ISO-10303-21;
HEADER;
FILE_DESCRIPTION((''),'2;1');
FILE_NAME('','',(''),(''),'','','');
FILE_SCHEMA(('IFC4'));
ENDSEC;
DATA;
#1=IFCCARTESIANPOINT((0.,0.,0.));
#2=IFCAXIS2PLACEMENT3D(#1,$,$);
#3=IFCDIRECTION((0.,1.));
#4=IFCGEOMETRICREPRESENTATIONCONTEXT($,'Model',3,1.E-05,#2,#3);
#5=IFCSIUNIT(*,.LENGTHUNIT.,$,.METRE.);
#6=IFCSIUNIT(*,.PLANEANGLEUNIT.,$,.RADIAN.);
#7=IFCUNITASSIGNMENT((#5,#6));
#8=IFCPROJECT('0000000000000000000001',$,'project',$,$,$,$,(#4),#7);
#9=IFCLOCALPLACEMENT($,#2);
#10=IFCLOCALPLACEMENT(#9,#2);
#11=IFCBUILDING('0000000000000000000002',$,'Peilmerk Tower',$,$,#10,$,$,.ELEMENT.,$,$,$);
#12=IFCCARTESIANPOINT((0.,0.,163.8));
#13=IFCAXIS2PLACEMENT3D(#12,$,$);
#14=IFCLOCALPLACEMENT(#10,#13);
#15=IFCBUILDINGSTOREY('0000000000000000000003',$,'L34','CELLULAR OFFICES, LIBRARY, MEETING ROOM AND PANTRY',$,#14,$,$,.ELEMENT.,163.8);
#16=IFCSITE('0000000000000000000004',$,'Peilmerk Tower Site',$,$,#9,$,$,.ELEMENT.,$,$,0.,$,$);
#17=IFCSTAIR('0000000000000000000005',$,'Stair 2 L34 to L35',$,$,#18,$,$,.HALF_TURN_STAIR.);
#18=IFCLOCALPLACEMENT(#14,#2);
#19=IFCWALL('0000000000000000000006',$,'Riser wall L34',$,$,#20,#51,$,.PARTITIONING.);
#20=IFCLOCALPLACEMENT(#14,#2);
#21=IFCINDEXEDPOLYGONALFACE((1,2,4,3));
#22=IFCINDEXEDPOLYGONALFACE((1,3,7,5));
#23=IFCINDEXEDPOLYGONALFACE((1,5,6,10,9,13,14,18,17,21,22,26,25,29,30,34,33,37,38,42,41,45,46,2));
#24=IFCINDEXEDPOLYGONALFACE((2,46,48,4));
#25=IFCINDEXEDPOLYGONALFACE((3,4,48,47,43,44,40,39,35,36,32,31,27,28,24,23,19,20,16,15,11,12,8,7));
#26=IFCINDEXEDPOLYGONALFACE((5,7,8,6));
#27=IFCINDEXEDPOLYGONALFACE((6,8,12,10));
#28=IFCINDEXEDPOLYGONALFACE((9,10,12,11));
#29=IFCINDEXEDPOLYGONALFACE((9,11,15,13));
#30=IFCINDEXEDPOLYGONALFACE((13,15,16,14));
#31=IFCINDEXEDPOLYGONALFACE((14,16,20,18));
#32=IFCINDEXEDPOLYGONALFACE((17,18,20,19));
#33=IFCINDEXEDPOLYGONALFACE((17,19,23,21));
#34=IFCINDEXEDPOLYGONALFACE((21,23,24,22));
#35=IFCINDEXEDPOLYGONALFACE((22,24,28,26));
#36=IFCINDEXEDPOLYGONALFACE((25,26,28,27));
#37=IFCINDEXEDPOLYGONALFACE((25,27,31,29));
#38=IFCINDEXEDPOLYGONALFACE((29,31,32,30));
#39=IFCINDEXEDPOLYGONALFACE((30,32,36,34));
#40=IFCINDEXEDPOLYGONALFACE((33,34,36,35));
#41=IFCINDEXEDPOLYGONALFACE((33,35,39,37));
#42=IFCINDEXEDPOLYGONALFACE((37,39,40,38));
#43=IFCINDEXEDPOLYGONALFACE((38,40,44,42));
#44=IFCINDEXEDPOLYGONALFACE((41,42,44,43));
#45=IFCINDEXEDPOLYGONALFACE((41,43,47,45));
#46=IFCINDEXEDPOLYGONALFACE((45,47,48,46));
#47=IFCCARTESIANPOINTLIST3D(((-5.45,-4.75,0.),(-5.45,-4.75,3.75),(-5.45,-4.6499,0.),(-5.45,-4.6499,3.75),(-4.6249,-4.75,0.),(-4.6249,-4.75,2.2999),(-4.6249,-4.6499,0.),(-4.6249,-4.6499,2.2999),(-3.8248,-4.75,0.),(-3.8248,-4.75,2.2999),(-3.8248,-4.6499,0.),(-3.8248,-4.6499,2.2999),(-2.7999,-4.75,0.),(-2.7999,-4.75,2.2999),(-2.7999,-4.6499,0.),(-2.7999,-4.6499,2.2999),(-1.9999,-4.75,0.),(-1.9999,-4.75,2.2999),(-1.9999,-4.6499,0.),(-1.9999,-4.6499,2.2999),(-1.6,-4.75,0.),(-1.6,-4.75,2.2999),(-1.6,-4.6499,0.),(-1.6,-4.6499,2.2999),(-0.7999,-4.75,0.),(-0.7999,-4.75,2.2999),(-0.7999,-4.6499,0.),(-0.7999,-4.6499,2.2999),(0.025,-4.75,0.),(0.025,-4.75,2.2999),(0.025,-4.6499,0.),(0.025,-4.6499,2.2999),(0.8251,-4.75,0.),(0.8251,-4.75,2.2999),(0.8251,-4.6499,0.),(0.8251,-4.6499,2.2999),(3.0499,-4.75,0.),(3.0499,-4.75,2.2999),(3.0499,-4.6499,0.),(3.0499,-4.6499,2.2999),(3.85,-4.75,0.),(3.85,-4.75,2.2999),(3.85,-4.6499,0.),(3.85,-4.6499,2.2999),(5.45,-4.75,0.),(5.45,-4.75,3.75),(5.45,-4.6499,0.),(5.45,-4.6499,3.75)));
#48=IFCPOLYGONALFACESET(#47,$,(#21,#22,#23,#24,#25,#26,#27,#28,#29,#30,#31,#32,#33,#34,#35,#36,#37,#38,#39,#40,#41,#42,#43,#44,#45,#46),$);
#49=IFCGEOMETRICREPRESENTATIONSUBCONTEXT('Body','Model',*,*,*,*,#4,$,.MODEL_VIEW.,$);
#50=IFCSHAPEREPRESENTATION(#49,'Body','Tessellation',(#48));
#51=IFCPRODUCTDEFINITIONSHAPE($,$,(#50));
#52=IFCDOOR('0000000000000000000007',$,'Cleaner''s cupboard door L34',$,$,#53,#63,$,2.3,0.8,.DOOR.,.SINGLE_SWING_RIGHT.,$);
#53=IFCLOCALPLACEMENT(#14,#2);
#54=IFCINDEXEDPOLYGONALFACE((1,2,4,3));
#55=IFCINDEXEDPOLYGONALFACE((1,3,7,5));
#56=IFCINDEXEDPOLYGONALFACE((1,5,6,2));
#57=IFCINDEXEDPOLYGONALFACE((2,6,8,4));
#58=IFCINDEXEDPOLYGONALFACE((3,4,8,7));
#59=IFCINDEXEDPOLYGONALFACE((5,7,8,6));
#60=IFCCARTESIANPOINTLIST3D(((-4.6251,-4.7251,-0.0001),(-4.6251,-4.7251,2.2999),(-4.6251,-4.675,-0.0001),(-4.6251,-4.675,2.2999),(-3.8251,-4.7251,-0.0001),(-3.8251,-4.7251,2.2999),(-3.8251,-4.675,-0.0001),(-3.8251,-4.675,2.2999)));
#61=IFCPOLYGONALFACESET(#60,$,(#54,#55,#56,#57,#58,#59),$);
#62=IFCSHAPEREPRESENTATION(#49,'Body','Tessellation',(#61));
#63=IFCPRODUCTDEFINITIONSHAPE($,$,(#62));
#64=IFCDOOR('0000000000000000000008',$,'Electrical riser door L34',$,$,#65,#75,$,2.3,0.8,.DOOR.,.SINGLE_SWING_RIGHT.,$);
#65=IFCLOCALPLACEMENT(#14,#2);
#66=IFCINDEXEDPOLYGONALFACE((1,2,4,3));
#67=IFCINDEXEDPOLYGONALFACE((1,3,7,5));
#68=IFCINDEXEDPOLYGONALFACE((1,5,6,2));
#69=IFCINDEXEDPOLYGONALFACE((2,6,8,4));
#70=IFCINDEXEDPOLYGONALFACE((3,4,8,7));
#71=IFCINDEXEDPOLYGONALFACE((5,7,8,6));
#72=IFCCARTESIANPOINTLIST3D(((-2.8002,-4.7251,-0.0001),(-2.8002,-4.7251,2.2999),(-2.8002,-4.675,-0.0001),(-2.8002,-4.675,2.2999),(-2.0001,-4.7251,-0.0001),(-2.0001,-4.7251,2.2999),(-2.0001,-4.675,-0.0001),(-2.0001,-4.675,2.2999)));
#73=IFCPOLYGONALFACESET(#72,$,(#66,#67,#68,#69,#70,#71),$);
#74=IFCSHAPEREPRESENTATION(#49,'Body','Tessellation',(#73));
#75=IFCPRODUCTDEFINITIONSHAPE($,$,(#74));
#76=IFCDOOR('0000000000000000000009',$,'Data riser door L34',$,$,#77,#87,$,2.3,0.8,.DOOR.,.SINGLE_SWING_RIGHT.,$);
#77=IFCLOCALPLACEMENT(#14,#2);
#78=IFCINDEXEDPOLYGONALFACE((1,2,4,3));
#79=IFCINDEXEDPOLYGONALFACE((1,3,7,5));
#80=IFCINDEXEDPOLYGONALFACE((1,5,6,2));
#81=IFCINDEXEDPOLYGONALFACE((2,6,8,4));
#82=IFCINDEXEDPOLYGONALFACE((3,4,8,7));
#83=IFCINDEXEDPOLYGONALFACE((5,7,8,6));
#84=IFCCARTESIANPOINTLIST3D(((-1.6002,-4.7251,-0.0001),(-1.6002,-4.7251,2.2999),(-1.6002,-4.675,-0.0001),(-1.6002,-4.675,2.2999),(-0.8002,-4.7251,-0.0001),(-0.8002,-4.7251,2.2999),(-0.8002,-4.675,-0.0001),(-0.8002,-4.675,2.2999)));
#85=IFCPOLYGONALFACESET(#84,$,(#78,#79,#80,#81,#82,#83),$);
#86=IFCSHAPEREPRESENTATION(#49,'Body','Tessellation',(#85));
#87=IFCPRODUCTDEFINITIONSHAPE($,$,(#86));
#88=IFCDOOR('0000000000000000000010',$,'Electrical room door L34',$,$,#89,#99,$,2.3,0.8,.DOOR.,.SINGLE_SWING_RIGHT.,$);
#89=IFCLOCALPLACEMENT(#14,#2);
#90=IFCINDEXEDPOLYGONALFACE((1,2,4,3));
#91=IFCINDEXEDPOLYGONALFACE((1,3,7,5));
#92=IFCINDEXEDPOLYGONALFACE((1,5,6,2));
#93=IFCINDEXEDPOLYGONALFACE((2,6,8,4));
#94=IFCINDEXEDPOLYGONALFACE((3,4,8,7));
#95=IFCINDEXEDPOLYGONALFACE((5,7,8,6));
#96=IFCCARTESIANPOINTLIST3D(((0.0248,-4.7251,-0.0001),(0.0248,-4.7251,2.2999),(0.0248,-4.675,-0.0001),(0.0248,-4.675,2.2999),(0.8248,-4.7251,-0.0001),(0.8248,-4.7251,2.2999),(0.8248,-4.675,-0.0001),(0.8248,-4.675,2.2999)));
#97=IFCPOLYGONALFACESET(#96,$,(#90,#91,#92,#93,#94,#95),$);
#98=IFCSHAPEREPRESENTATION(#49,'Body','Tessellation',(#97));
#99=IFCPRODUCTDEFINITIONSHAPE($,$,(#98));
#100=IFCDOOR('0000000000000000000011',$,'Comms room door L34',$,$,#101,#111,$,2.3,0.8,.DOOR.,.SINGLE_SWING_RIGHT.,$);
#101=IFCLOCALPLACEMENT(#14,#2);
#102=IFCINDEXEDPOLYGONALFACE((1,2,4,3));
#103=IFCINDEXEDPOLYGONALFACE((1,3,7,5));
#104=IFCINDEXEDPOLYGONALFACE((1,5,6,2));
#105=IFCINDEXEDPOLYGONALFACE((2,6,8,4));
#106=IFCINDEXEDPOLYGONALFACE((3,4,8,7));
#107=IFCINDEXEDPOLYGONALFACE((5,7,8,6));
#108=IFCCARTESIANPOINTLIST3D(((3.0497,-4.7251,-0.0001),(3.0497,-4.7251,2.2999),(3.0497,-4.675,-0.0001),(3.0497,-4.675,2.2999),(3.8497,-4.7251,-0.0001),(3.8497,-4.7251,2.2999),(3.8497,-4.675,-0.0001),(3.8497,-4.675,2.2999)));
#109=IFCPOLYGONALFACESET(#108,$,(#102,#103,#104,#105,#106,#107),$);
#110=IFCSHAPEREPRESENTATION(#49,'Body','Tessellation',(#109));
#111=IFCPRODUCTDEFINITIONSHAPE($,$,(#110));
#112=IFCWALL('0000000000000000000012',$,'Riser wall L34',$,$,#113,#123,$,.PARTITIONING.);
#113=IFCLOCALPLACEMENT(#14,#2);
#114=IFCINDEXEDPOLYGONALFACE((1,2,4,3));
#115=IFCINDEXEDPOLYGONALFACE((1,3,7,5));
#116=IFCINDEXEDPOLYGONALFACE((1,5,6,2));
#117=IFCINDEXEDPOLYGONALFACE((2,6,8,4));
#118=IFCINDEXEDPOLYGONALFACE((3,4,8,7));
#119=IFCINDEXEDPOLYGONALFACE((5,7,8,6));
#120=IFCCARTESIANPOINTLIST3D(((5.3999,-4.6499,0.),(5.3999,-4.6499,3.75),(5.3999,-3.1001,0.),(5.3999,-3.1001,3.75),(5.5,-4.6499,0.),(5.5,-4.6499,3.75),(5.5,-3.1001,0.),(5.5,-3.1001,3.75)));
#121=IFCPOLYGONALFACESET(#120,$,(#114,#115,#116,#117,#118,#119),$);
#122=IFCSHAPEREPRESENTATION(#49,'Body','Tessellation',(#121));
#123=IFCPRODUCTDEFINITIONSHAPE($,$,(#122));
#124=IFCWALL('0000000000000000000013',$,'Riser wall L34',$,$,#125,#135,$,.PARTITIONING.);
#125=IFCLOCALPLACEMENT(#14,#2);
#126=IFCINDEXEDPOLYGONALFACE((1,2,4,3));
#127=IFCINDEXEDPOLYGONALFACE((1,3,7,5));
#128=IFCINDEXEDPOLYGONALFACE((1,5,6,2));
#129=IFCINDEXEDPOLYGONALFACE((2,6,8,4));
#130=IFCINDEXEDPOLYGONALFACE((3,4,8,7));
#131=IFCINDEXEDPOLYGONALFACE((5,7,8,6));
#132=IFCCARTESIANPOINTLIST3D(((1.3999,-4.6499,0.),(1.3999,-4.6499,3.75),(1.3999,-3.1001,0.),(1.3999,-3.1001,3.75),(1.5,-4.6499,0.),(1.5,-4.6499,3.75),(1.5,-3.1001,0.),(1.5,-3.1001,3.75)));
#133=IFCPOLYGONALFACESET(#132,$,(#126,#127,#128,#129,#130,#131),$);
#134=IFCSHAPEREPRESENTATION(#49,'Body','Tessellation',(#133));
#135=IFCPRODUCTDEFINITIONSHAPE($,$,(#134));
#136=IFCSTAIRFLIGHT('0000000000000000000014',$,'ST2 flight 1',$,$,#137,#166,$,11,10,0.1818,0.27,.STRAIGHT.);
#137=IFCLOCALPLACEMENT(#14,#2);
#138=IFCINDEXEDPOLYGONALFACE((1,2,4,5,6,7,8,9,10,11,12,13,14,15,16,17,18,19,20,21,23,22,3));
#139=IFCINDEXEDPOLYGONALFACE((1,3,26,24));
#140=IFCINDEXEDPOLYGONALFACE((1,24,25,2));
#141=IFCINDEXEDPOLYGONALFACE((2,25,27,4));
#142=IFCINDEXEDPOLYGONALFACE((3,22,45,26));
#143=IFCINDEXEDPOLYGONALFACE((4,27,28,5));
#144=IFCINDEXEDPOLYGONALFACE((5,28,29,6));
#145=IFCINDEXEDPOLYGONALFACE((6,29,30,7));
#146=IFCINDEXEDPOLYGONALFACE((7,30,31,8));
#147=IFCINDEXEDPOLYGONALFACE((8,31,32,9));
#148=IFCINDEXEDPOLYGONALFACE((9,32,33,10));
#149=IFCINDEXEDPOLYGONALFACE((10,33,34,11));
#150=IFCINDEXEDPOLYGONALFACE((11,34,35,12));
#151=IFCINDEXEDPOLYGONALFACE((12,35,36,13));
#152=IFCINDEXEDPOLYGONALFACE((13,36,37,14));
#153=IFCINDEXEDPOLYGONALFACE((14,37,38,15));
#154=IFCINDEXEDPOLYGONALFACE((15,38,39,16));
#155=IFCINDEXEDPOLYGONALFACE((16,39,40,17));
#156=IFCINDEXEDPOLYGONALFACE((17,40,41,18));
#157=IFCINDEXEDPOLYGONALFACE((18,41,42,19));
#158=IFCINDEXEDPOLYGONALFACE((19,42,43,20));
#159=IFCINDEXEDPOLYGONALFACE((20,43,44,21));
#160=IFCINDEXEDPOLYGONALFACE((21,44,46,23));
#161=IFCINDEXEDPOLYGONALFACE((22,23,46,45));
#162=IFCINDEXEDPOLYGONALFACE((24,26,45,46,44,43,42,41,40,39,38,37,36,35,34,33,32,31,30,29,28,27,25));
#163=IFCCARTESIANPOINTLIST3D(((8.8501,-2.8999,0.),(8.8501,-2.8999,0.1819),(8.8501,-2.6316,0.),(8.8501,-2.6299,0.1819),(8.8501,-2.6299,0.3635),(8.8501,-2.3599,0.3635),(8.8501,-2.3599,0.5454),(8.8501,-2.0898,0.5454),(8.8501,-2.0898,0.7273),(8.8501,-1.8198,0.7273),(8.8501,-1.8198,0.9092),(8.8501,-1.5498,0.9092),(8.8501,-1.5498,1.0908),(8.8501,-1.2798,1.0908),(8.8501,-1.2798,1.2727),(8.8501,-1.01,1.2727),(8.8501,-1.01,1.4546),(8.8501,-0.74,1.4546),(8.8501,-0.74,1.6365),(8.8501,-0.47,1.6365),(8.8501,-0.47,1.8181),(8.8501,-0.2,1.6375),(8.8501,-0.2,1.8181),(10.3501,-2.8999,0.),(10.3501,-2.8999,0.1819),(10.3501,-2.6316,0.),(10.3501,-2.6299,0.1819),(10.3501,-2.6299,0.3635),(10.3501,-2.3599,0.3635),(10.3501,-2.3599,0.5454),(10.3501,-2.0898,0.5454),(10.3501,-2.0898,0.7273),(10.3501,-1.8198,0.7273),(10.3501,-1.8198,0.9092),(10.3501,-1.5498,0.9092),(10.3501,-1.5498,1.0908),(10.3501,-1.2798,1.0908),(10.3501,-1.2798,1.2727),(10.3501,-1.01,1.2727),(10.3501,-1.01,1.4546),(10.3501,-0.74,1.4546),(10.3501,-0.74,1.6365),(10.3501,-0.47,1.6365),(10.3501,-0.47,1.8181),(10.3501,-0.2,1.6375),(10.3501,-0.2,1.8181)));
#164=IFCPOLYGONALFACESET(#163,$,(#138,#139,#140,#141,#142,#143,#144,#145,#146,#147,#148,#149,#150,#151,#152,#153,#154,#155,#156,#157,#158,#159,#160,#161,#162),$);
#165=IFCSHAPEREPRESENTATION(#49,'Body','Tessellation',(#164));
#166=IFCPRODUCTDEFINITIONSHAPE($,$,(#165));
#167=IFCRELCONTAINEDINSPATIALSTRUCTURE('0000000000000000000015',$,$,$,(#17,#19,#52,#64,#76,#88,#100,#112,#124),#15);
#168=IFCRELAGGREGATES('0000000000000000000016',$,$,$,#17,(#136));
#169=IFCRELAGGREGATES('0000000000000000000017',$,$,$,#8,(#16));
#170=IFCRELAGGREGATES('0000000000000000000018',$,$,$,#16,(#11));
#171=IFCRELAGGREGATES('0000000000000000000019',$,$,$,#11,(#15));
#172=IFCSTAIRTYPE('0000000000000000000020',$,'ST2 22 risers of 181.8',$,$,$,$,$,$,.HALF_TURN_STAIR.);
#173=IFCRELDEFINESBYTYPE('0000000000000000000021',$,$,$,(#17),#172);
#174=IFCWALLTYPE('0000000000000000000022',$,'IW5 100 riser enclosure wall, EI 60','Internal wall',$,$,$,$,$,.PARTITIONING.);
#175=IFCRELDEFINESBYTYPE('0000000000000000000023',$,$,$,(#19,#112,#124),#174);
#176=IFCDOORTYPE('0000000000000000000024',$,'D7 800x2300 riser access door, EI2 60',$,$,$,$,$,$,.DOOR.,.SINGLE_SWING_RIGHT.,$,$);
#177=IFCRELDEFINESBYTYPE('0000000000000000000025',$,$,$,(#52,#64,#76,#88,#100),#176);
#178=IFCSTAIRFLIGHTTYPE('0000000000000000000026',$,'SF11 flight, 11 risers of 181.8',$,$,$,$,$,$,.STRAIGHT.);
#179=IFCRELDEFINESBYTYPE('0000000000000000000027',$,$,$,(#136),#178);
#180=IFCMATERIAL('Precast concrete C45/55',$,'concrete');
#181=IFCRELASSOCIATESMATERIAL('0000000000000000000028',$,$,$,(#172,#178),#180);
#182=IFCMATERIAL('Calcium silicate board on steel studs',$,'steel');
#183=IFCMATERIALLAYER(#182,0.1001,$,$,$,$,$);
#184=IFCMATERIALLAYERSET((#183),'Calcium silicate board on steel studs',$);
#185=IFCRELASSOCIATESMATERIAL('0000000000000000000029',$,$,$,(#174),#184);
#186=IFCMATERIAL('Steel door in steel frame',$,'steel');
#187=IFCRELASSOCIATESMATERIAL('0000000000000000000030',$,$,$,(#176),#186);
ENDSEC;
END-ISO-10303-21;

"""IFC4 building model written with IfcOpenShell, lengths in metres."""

from ifc_helpers import new_model, si_unit, direction, frame, frame_2d, origin, place, context, subcontext, project, spatial, polyline, rectangle, outline, extrude, material, layer, layer_set, type_object, element, fill, aggregate, save


model = new_model("IFC4")

# Units and contexts
model_context = context("Model", 3, precision=1e-05, world=origin(), true_north=direction((0.0, 1.0)))
body_context = subcontext(model_context, "Body", "Model", "MODEL_VIEW")
ifc_project = project(units=[si_unit("LENGTHUNIT", "METRE"), si_unit("PLANEANGLEUNIT", "RADIAN")], contexts=[model_context])

# Site, building, storey
site_placement = place(None, origin())
site = spatial("IfcSite", under=ifc_project, at=site_placement, Name="Peilmerk Tower Site", CompositionType="ELEMENT", RefElevation=0.0)
building_placement = place(site_placement, origin())
building = spatial("IfcBuilding", under=site, at=building_placement, Name="Peilmerk Tower", CompositionType="ELEMENT")
storey_placement = place(building_placement, frame((0.0, 0.0, 163.8)))
storey = spatial("IfcBuildingStorey", under=building, at=storey_placement, Name="L34", Description="CELLULAR OFFICES, LIBRARY, MEETING ROOM AND PANTRY", CompositionType="ELEMENT", Elevation=163.8)

# Stair
ifc_material_1 = material(Name="Precast concrete C45/55", Category="concrete")
stair_type_1 = type_object("IfcStairType", Name="ST2 22 risers of 181.8", PredefinedType="HALF_TURN_STAIR", material=ifc_material_1)
stair_1_placement = place(storey_placement, origin())
stair_1 = element("IfcStair", 1, at=stair_1_placement, inside=storey, type_object=stair_type_1, Name="Stair 2 L34 to L35", PredefinedType="HALF_TURN_STAIR")

# Shared definitions
ifc_material_2 = material(Name="Steel door in steel frame", Category="steel")

# Shared definitions
ifc_material_3 = material(Name="Calcium silicate board on steel studs", Category="steel")
ifc_layer_1 = layer(ifc_material_3, 0.1001)
ifc_layer_set_1 = layer_set([ifc_layer_1], Name="Calcium silicate board on steel studs")
wall_type_1 = type_object("IfcWallType", Name="IW5 100 riser enclosure wall, EI 60", Description="Internal wall", PredefinedType="PARTITIONING", material=ifc_layer_set_1)

# Wall, openings, doors
wall_1_placement = place(storey_placement, frame((5.45, -4.7, 0.0), z_axis=(0.0, 0.0, 1.0), x_axis=(-1.0, 0.0, 0.0)))
wall_1 = element("IfcWall", 2, at=wall_1_placement, inside=storey, type_object=wall_type_1, Name="Riser wall L34", PredefinedType="PARTITIONING", context=body_context, shape_type="SweptSolid", body=[
    extrude(rectangle(XDim=10.8999, YDim=0.1001, at=frame_2d((5.45, 0.0))), origin(), (0.0, 0.0, 1.0), 3.75),
])
opening_1_placement = place(wall_1_placement, frame((9.2749, 0.0, 0.0)))
opening_1 = element("IfcOpeningElement", 3, at=opening_1_placement, cuts=wall_1, PredefinedType="OPENING", context=body_context, shape_type="SweptSolid", body=[
    extrude(rectangle(XDim=0.8, YDim=2.3, at=frame_2d((0.3999, 1.1499))), frame((0.0, 0.0601, 0.0), z_axis=(0.0, -1.0, 0.0), x_axis=(1.0, 0.0, 0.0)), (0.0, 0.0, 1.0), 0.1201),
])
opening_2_placement = place(wall_1_placement, frame((7.45, 0.0, 0.0)))
opening_2 = element("IfcOpeningElement", 4, at=opening_2_placement, cuts=wall_1, PredefinedType="OPENING", context=body_context, shape_type="SweptSolid", body=[
    extrude(rectangle(XDim=0.8, YDim=2.3, at=frame_2d((0.3999, 1.1499))), frame((0.0, 0.0601, 0.0), z_axis=(0.0, -1.0, 0.0), x_axis=(1.0, 0.0, 0.0)), (0.0, 0.0, 1.0), 0.1201),
])
opening_3_placement = place(wall_1_placement, frame((6.25, 0.0, 0.0)))
opening_3 = element("IfcOpeningElement", 5, at=opening_3_placement, cuts=wall_1, PredefinedType="OPENING", context=body_context, shape_type="SweptSolid", body=[
    extrude(rectangle(XDim=0.8, YDim=2.3, at=frame_2d((0.3999, 1.1499))), frame((0.0, 0.0601, 0.0), z_axis=(0.0, -1.0, 0.0), x_axis=(1.0, 0.0, 0.0)), (0.0, 0.0, 1.0), 0.1201),
])
opening_4_placement = place(wall_1_placement, frame((4.625, 0.0, 0.0)))
opening_4 = element("IfcOpeningElement", 6, at=opening_4_placement, cuts=wall_1, PredefinedType="OPENING", context=body_context, shape_type="SweptSolid", body=[
    extrude(rectangle(XDim=0.8, YDim=2.3, at=frame_2d((0.3999, 1.1499))), frame((0.0, 0.0601, 0.0), z_axis=(0.0, -1.0, 0.0), x_axis=(1.0, 0.0, 0.0)), (0.0, 0.0, 1.0), 0.1201),
])
opening_5_placement = place(wall_1_placement, frame((1.6001, 0.0, 0.0)))
opening_5 = element("IfcOpeningElement", 7, at=opening_5_placement, cuts=wall_1, PredefinedType="OPENING", context=body_context, shape_type="SweptSolid", body=[
    extrude(rectangle(XDim=0.8, YDim=2.3, at=frame_2d((0.3999, 1.1499))), frame((0.0, 0.0601, 0.0), z_axis=(0.0, -1.0, 0.0), x_axis=(1.0, 0.0, 0.0)), (0.0, 0.0, 1.0), 0.1201),
])
door_type_1 = type_object("IfcDoorType", Name="D7 800x2300 riser access door, EI2 60", OperationType="SINGLE_SWING_RIGHT", PredefinedType="DOOR", material=ifc_material_2)
door_1_placement = place(opening_1_placement, frame((0.8, 0.0, 0.0), z_axis=(0.0, 0.0, 1.0), x_axis=(-1.0, 0.0, 0.0)))
door_1 = element("IfcDoor", 8, at=door_1_placement, inside=storey, type_object=door_type_1, Name="Cleaner's cupboard door L34", OperationType="SINGLE_SWING_RIGHT", OverallHeight=2.3, OverallWidth=0.8, PredefinedType="DOOR", context=body_context, shape_type="SweptSolid", body=[
    extrude(rectangle(XDim=0.8, YDim=2.3, at=frame_2d((0.3999, 1.1499))), frame((0.0, 0.0249, 0.0), z_axis=(0.0, -1.0, 0.0), x_axis=(1.0, 0.0, 0.0)), (0.0, 0.0, 1.0), 0.05),
])
fill(opening_1, door_1)
door_2_placement = place(opening_2_placement, frame((0.8, 0.0, 0.0), z_axis=(0.0, 0.0, 1.0), x_axis=(-1.0, 0.0, 0.0)))
door_2 = element("IfcDoor", 9, at=door_2_placement, inside=storey, type_object=door_type_1, Name="Electrical riser door L34", OperationType="SINGLE_SWING_RIGHT", OverallHeight=2.3, OverallWidth=0.8, PredefinedType="DOOR", context=body_context, shape_type="SweptSolid", body=[
    extrude(rectangle(XDim=0.8, YDim=2.3, at=frame_2d((0.3999, 1.1499))), frame((0.0, 0.0249, 0.0), z_axis=(0.0, -1.0, 0.0), x_axis=(1.0, 0.0, 0.0)), (0.0, 0.0, 1.0), 0.05),
])
fill(opening_2, door_2)
door_3_placement = place(opening_3_placement, frame((0.8, 0.0, 0.0), z_axis=(0.0, 0.0, 1.0), x_axis=(-1.0, 0.0, 0.0)))
door_3 = element("IfcDoor", 10, at=door_3_placement, inside=storey, type_object=door_type_1, Name="Data riser door L34", OperationType="SINGLE_SWING_RIGHT", OverallHeight=2.3, OverallWidth=0.8, PredefinedType="DOOR", context=body_context, shape_type="SweptSolid", body=[
    extrude(rectangle(XDim=0.8, YDim=2.3, at=frame_2d((0.3999, 1.1499))), frame((0.0, 0.0249, 0.0), z_axis=(0.0, -1.0, 0.0), x_axis=(1.0, 0.0, 0.0)), (0.0, 0.0, 1.0), 0.05),
])
fill(opening_3, door_3)
door_4_placement = place(opening_4_placement, frame((0.8, 0.0, 0.0), z_axis=(0.0, 0.0, 1.0), x_axis=(-1.0, 0.0, 0.0)))
door_4 = element("IfcDoor", 11, at=door_4_placement, inside=storey, type_object=door_type_1, Name="Electrical room door L34", OperationType="SINGLE_SWING_RIGHT", OverallHeight=2.3, OverallWidth=0.8, PredefinedType="DOOR", context=body_context, shape_type="SweptSolid", body=[
    extrude(rectangle(XDim=0.8, YDim=2.3, at=frame_2d((0.3999, 1.1499))), frame((0.0, 0.0249, 0.0), z_axis=(0.0, -1.0, 0.0), x_axis=(1.0, 0.0, 0.0)), (0.0, 0.0, 1.0), 0.05),
])
fill(opening_4, door_4)
door_5_placement = place(opening_5_placement, frame((0.8, 0.0, 0.0), z_axis=(0.0, 0.0, 1.0), x_axis=(-1.0, 0.0, 0.0)))
door_5 = element("IfcDoor", 12, at=door_5_placement, inside=storey, type_object=door_type_1, Name="Comms room door L34", OperationType="SINGLE_SWING_RIGHT", OverallHeight=2.3, OverallWidth=0.8, PredefinedType="DOOR", context=body_context, shape_type="SweptSolid", body=[
    extrude(rectangle(XDim=0.8, YDim=2.3, at=frame_2d((0.3999, 1.1499))), frame((0.0, 0.0249, 0.0), z_axis=(0.0, -1.0, 0.0), x_axis=(1.0, 0.0, 0.0)), (0.0, 0.0, 1.0), 0.05),
])
fill(opening_5, door_5)

# Walls
for number, where, z_axis, x_axis, name in (
    (13, (5.45, -3.1001, 0.0), (0.0, 0.0, 1.0), (0.0, -1.0, 0.0), "Riser wall L34"),
    (14, (1.45, -3.1001, 0.0), (0.0, 0.0, 1.0), (0.0, -1.0, 0.0), "Riser wall L34"),
):
    element("IfcWall", number, at=place(storey_placement, frame(where, z_axis=z_axis, x_axis=x_axis)), inside=storey, type_object=wall_type_1, Name=name, PredefinedType="PARTITIONING", context=body_context, shape_type="SweptSolid", body=[
        extrude(rectangle(XDim=1.5498, YDim=0.1001, at=frame_2d((0.7749, 0.0))), origin(), (0.0, 0.0, 1.0), 3.75),
    ])

# Stair flight
stair_flight_type = type_object("IfcStairFlightType", Name="SF11 flight, 11 risers of 181.8", PredefinedType="STRAIGHT", material=ifc_material_1)
stair_flight_1_placement = place(storey_placement, frame((9.6001, -2.8999, 0.0), z_axis=(0.0, 0.0, 1.0), x_axis=(0.0, 1.0, 0.0)))
stair_flight_1 = element("IfcStairFlight", 15, at=stair_flight_1_placement, type_object=stair_flight_type, Name="ST2 flight 1", NumberOfRisers=11, NumberOfTreads=10, PredefinedType="STRAIGHT", RiserHeight=0.1818, TreadLength=0.27, context=body_context, shape_type="SweptSolid", body=[
    extrude(outline(polyline([(0.0, 0.0), (0.0, 0.1819), (0.27, 0.1819), (0.27, 0.3635), (0.54, 0.3635), (0.54, 0.5454), (0.8101, 0.5454), (0.8101, 0.7273), (1.0801, 0.7273), (1.0801, 0.9092), (1.3501, 0.9092), (1.3501, 1.0908), (1.6201, 1.0908), (1.6201, 1.2727), (1.8899, 1.2727), (1.8899, 1.4546), (2.1599, 1.4546), (2.1599, 1.6365), (2.4299, 1.6365), (2.4299, 1.8181), (2.7, 1.8181), (2.7, 2.0), (2.7, 1.6375), (0.2683, 0.0), (0.0, 0.0)])), frame((0.0, 0.75, 0.0), z_axis=(0.0, -1.0, 0.0), x_axis=(1.0, 0.0, 0.0)), (0.0, 0.0, 1.0), 1.5),
])
aggregate(stair_1, [stair_flight_1])

save(model, "model.ifc")
